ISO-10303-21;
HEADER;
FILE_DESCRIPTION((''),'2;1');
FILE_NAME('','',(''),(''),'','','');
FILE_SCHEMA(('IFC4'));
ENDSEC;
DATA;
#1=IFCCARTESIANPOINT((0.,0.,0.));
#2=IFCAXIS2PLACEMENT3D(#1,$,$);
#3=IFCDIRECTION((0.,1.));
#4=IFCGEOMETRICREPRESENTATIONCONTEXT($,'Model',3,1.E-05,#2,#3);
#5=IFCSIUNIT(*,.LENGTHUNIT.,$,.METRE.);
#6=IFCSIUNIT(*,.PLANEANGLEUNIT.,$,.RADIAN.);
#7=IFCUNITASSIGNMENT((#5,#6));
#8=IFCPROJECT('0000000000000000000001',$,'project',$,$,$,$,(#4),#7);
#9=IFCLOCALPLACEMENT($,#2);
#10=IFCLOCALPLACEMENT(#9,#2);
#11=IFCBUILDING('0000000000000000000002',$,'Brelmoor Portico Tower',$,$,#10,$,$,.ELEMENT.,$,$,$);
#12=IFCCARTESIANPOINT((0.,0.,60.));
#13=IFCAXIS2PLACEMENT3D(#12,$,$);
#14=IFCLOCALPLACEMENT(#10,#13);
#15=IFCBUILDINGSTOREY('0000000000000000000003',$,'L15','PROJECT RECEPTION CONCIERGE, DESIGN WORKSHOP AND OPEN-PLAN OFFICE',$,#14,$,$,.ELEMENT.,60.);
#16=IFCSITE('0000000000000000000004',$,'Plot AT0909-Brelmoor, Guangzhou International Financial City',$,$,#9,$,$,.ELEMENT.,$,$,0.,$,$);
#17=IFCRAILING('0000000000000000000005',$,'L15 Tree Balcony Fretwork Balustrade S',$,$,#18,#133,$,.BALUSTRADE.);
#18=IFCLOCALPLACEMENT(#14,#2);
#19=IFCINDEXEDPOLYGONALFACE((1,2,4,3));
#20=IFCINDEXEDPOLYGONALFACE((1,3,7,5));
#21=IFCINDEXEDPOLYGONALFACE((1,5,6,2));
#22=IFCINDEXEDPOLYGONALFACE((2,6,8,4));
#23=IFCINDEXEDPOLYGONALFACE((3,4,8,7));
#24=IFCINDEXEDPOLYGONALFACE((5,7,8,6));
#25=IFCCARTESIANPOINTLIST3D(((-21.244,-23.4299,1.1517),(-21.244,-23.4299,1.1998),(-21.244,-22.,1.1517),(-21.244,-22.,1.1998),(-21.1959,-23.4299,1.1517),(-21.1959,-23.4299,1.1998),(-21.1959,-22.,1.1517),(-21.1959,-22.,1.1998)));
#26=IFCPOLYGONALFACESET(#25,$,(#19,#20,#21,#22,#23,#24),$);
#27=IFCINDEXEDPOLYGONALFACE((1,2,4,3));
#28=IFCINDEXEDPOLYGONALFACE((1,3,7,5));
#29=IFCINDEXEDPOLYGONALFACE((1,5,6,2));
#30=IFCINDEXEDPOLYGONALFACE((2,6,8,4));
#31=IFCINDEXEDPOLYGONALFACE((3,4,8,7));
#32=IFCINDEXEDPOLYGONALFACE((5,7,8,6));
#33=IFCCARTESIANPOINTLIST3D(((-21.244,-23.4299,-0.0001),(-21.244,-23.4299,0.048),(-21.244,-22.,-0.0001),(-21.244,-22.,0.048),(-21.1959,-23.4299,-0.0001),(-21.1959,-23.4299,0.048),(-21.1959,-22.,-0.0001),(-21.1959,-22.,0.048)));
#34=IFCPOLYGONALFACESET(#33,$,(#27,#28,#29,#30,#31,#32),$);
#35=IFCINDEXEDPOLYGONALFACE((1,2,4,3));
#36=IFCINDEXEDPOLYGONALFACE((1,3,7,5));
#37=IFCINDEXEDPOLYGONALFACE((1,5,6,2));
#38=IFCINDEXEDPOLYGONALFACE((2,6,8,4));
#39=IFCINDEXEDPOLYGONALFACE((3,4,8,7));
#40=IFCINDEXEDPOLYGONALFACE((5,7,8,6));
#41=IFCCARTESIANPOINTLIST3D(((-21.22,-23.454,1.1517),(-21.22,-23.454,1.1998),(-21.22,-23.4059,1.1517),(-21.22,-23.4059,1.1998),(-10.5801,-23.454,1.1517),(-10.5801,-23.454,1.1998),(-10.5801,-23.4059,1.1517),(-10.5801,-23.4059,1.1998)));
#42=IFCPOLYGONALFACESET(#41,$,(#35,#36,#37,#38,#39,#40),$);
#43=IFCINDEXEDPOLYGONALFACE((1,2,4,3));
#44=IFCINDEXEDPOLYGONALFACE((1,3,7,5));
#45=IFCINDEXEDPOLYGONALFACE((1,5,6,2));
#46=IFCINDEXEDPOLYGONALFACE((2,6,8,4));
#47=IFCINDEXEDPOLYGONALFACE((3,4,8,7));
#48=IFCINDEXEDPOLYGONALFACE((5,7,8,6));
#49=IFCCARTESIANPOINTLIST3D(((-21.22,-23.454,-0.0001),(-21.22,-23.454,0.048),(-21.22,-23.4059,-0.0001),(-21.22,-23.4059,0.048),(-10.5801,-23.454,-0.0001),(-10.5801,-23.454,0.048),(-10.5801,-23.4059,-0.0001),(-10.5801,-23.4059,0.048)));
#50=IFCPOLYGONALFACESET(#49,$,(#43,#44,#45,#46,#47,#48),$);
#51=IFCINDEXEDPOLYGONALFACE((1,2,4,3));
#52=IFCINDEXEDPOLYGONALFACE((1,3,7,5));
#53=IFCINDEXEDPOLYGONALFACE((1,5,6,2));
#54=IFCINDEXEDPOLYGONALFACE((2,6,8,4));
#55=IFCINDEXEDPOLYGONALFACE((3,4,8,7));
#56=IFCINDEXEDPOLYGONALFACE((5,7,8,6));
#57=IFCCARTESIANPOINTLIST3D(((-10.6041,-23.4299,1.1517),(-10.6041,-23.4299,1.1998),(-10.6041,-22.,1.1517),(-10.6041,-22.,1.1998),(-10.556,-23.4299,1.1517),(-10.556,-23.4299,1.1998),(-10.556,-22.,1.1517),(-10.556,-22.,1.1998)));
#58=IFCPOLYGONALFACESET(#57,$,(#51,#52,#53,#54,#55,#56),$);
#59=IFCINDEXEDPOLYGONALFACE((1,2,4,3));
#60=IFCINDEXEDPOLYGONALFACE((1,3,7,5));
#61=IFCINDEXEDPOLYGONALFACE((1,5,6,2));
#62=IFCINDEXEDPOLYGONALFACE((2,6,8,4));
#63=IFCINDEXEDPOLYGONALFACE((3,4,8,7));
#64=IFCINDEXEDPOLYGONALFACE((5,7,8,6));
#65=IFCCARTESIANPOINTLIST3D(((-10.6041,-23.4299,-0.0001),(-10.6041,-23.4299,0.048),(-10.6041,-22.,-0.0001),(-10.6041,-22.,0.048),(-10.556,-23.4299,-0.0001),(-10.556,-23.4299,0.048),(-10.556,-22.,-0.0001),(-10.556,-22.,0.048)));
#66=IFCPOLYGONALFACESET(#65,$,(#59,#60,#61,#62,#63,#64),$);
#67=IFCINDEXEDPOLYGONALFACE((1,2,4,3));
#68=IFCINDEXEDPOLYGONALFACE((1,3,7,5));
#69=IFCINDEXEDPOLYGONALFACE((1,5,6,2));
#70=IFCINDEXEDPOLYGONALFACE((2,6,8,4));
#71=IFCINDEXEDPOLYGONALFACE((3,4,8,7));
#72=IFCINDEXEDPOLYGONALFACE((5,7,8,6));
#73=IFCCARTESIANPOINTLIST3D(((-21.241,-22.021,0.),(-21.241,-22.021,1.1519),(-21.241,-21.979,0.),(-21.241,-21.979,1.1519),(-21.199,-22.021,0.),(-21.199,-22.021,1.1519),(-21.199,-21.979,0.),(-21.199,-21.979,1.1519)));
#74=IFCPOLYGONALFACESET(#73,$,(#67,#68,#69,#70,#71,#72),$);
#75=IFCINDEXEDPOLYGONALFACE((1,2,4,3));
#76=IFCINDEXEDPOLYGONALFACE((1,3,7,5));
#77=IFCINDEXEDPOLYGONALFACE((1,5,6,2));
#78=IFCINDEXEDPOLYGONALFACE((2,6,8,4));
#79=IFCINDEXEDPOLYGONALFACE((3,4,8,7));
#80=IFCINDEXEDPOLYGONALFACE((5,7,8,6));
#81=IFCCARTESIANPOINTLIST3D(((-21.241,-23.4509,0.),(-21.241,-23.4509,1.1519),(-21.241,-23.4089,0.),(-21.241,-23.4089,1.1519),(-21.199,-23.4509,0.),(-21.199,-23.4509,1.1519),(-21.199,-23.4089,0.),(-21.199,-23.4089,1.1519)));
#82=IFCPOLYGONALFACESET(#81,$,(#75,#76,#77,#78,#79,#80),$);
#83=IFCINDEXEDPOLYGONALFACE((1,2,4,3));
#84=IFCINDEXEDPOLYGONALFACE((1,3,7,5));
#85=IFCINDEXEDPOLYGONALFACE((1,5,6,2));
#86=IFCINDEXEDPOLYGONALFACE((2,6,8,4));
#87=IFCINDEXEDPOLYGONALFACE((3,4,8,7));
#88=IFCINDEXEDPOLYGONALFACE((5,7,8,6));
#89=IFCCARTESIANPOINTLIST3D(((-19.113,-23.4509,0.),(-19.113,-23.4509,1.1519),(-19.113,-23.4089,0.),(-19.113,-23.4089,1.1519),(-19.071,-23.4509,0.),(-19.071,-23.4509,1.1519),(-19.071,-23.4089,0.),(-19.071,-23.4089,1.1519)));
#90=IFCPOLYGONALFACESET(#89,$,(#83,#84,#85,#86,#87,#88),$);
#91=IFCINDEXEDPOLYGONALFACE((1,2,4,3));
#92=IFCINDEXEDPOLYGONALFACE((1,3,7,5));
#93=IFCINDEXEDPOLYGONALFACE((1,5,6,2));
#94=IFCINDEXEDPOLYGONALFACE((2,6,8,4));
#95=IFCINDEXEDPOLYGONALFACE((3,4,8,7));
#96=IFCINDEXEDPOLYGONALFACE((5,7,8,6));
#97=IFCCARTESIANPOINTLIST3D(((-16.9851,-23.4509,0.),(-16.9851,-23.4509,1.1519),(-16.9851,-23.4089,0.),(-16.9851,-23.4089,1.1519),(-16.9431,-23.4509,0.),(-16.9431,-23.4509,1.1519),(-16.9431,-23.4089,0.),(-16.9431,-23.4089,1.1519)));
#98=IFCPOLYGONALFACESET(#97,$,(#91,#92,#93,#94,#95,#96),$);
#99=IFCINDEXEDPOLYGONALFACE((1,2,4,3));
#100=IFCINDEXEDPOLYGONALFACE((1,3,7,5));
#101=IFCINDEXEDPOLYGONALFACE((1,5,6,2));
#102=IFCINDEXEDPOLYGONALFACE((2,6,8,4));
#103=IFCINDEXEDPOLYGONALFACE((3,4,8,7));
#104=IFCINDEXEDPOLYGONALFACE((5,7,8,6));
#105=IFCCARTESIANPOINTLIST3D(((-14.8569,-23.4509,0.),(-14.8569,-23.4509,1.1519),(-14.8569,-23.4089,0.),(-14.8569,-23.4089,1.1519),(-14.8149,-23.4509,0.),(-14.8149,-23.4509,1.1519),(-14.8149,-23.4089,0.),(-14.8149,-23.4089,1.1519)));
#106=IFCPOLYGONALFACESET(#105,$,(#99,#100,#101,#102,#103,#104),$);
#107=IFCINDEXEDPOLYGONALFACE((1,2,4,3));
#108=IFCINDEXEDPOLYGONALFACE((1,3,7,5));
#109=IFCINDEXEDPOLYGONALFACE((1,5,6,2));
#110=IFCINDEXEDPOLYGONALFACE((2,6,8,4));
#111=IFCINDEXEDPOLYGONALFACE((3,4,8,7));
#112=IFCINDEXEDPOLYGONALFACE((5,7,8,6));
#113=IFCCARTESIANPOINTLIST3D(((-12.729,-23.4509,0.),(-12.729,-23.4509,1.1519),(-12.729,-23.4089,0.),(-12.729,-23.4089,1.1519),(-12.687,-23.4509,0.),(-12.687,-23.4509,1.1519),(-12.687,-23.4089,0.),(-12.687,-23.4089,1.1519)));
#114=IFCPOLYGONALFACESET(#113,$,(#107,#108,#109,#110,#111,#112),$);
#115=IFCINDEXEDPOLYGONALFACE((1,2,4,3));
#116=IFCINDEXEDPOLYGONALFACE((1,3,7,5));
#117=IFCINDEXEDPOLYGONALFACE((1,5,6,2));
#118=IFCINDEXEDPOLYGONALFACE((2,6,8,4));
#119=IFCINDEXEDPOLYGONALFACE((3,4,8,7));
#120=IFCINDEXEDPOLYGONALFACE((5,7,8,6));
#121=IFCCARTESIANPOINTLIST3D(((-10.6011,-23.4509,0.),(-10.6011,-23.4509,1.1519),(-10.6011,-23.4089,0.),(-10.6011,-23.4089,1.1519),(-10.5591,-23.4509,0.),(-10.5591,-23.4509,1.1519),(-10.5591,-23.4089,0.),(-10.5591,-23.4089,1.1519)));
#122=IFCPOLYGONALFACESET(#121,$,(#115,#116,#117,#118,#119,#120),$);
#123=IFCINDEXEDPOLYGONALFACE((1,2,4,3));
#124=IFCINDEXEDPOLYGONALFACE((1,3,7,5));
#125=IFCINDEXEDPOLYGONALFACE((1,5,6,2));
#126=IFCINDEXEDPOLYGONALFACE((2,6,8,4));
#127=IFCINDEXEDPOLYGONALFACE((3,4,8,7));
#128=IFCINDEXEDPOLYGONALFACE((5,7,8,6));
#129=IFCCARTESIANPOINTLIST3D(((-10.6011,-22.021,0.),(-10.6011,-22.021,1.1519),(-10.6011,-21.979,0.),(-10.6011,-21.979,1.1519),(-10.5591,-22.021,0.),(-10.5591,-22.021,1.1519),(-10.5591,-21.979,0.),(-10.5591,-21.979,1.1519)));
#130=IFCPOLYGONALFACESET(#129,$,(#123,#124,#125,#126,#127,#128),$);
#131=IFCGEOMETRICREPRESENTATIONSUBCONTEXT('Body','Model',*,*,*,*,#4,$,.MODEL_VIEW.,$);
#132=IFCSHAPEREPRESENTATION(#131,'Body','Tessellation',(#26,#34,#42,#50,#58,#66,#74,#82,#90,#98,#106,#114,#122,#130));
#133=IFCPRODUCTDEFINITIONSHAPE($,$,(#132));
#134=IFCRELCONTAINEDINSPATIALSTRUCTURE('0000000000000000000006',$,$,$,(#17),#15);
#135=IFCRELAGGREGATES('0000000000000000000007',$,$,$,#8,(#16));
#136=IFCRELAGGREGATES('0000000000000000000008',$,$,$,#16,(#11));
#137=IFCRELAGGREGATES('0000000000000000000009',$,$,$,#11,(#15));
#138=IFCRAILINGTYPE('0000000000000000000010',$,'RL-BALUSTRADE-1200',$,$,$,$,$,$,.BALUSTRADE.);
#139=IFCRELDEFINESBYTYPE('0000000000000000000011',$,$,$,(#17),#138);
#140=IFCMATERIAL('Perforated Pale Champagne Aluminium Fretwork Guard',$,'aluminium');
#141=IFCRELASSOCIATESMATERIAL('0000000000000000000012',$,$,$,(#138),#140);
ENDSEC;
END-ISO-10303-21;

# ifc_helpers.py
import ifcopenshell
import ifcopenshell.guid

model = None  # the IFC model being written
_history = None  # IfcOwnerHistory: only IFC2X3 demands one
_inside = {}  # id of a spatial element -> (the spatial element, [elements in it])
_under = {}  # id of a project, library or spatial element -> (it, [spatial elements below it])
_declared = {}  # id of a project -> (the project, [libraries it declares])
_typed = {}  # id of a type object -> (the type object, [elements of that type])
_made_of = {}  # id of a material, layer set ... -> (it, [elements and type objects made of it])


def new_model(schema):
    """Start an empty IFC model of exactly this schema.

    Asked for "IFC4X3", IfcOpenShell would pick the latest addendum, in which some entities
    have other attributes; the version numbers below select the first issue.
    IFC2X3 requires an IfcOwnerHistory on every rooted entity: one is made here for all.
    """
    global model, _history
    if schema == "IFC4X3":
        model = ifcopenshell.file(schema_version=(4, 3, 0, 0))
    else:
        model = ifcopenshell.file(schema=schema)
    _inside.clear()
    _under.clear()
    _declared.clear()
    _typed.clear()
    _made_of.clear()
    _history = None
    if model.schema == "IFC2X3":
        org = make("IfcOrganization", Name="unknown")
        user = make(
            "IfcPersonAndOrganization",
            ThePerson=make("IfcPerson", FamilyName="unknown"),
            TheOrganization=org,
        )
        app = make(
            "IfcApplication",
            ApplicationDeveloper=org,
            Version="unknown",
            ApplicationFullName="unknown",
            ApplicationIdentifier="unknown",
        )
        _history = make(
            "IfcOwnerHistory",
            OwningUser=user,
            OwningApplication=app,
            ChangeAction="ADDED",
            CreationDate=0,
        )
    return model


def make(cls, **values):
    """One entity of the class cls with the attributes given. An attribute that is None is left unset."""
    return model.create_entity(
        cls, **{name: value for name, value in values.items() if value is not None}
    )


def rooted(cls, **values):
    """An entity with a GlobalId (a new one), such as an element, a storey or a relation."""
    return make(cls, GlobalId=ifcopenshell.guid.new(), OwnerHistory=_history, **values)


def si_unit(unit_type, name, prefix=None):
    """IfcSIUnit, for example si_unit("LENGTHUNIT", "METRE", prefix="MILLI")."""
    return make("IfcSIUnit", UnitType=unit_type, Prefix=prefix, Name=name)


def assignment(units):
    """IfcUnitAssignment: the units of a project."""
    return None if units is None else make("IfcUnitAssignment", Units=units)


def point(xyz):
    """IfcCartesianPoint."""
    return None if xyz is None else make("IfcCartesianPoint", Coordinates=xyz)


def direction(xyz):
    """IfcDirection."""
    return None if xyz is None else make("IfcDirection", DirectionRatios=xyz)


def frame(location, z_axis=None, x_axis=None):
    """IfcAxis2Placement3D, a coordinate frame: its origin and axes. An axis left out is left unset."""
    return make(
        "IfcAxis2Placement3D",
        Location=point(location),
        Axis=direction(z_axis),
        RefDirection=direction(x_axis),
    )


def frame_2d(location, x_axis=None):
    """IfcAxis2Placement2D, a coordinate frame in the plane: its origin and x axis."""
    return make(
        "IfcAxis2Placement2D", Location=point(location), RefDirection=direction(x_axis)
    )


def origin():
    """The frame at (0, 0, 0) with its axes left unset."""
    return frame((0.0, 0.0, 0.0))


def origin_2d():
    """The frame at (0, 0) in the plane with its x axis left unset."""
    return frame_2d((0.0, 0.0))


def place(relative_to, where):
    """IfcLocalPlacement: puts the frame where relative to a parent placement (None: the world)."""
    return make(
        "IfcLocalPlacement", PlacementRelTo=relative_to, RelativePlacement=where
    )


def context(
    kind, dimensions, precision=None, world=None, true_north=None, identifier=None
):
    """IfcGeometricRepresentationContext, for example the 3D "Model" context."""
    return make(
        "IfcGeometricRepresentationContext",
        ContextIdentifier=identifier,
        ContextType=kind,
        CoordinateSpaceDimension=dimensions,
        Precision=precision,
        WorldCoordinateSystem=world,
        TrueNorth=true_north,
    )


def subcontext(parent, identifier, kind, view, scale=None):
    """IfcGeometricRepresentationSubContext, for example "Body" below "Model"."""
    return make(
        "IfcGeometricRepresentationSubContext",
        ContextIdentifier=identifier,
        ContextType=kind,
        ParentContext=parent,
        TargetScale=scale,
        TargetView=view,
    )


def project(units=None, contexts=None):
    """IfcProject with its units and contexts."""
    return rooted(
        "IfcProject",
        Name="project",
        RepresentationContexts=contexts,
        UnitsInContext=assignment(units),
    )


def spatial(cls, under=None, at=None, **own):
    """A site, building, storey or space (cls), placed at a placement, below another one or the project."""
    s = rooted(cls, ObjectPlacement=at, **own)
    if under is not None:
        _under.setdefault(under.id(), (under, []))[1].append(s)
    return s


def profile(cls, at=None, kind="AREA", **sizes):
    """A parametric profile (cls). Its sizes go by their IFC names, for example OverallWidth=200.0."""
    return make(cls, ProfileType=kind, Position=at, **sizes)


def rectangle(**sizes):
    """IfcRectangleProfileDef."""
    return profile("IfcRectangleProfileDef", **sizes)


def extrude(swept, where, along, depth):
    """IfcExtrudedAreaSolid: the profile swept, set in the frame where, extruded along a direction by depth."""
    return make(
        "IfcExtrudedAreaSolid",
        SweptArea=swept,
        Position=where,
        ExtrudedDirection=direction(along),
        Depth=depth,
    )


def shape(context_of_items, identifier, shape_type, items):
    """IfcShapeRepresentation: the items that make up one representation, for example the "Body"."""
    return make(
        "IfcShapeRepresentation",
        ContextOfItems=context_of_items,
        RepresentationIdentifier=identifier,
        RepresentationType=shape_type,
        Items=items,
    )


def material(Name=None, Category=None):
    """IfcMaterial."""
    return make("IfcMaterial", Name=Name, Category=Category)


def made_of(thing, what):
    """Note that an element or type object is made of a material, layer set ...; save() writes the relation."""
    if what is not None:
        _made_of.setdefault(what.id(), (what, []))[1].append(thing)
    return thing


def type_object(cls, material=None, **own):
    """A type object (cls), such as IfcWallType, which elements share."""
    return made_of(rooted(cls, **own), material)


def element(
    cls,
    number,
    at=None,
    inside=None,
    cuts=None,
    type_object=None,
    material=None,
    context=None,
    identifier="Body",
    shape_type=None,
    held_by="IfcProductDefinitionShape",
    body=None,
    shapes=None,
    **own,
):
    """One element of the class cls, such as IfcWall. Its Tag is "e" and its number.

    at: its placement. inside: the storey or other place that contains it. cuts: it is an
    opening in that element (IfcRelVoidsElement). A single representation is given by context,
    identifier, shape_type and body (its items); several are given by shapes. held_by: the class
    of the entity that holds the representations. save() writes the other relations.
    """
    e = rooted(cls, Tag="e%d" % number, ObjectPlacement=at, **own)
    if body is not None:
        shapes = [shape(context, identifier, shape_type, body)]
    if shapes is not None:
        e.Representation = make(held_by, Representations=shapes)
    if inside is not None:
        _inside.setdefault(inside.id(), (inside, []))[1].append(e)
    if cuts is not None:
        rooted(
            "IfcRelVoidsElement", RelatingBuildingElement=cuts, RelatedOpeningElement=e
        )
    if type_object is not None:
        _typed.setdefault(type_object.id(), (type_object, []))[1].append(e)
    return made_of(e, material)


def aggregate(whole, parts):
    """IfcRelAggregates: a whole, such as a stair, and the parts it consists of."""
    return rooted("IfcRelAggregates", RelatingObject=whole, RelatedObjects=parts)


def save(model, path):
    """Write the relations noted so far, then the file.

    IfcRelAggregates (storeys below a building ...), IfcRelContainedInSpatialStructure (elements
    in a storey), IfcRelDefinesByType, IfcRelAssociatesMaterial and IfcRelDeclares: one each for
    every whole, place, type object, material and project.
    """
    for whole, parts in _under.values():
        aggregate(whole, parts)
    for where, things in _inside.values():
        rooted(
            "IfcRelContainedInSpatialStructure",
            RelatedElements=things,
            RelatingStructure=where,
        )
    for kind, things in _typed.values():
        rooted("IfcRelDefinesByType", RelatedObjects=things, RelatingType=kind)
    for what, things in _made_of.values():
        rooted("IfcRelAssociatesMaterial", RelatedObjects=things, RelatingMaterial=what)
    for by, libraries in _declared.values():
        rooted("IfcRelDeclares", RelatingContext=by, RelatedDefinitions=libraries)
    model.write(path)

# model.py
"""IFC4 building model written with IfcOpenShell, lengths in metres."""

from ifc_helpers import new_model, si_unit, direction, frame, origin, origin_2d, place, context, subcontext, project, spatial, rectangle, extrude, material, type_object, element, save


model = new_model("IFC4")

# Units and contexts
model_context = context("Model", 3, precision=1e-05, world=origin(), true_north=direction((0.0, 1.0)))
body_context = subcontext(model_context, "Body", "Model", "MODEL_VIEW")
ifc_project = project(units=[si_unit("LENGTHUNIT", "METRE"), si_unit("PLANEANGLEUNIT", "RADIAN")], contexts=[model_context])

# Site, building, storey
site_placement = place(None, origin())
site = spatial("IfcSite", under=ifc_project, at=site_placement, Name="Plot AT0909-Brelmoor, Guangzhou International Financial City", CompositionType="ELEMENT", RefElevation=0.0)
building_placement = place(site_placement, origin())
building = spatial("IfcBuilding", under=site, at=building_placement, Name="Brelmoor Portico Tower", CompositionType="ELEMENT")
storey_placement = place(building_placement, frame((0.0, 0.0, 60.0)))
storey = spatial("IfcBuildingStorey", under=building, at=storey_placement, Name="L15", Description="PROJECT RECEPTION CONCIERGE, DESIGN WORKSHOP AND OPEN-PLAN OFFICE", CompositionType="ELEMENT", Elevation=60.0)

# Railing
ifc_material_1 = material(Name="Perforated Pale Champagne Aluminium Fretwork Guard", Category="aluminium")
railing_type = type_object("IfcRailingType", Name="RL-BALUSTRADE-1200", PredefinedType="BALUSTRADE", material=ifc_material_1)
railing_1_placement = place(storey_placement, frame((-21.22, -22.0, 0.0)))
element("IfcRailing", 1, at=railing_1_placement, inside=storey, type_object=railing_type, Name="L15 Tree Balcony Fretwork Balustrade S", PredefinedType="BALUSTRADE", context=body_context, shape_type="SweptSolid", body=[
    extrude(rectangle(XDim=0.0481, YDim=0.0481, at=origin_2d()), frame((0.0, 0.0, 1.1758), z_axis=(0.0, -1.0, 0.0), x_axis=(1.0, 0.0, 0.0)), (0.0, 0.0, 1.0), 1.4299),
    extrude(rectangle(XDim=0.0481, YDim=0.0481, at=origin_2d()), frame((0.0, 0.0, 0.0239), z_axis=(0.0, -1.0, 0.0), x_axis=(1.0, 0.0, 0.0)), (0.0, 0.0, 1.0), 1.4299),
    extrude(rectangle(XDim=0.0481, YDim=0.0481, at=origin_2d()), frame((0.0, -1.4299, 1.1758), z_axis=(1.0, 0.0, 0.0), x_axis=(0.0, 1.0, 0.0)), (0.0, 0.0, 1.0), 10.6399),
    extrude(rectangle(XDim=0.0481, YDim=0.0481, at=origin_2d()), frame((0.0, -1.4299, 0.0239), z_axis=(1.0, 0.0, 0.0), x_axis=(0.0, 1.0, 0.0)), (0.0, 0.0, 1.0), 10.6399),
    extrude(rectangle(XDim=0.0481, YDim=0.0481, at=origin_2d()), frame((10.6399, -1.4299, 1.1758), z_axis=(0.0, 1.0, 0.0), x_axis=(-1.0, 0.0, 0.0)), (0.0, 0.0, 1.0), 1.4299),
    extrude(rectangle(XDim=0.0481, YDim=0.0481, at=origin_2d()), frame((10.6399, -1.4299, 0.0239), z_axis=(0.0, 1.0, 0.0), x_axis=(-1.0, 0.0, 0.0)), (0.0, 0.0, 1.0), 1.4299),
    extrude(rectangle(XDim=0.042, YDim=0.042, at=origin_2d()), origin(), (0.0, 0.0, 1.0), 1.1519),
    extrude(rectangle(XDim=0.042, YDim=0.042, at=origin_2d()), frame((0.0, -1.4299, 0.0)), (0.0, 0.0, 1.0), 1.1519),
    extrude(rectangle(XDim=0.042, YDim=0.042, at=origin_2d()), frame((2.1279, -1.4299, 0.0)), (0.0, 0.0, 1.0), 1.1519),
    extrude(rectangle(XDim=0.042, YDim=0.042, at=origin_2d()), frame((4.2559, -1.4299, 0.0)), (0.0, 0.0, 1.0), 1.1519),
    extrude(rectangle(XDim=0.042, YDim=0.042, at=origin_2d()), frame((6.384, -1.4299, 0.0)), (0.0, 0.0, 1.0), 1.1519),
    extrude(rectangle(XDim=0.042, YDim=0.042, at=origin_2d()), frame((8.512, -1.4299, 0.0)), (0.0, 0.0, 1.0), 1.1519),
    extrude(rectangle(XDim=0.042, YDim=0.042, at=origin_2d()), frame((10.6399, -1.4299, 0.0)), (0.0, 0.0, 1.0), 1.1519),
    extrude(rectangle(XDim=0.042, YDim=0.042, at=origin_2d()), frame((10.6399, 0.0, 0.0)), (0.0, 0.0, 1.0), 1.1519),
])

save(model, "model.ifc")
